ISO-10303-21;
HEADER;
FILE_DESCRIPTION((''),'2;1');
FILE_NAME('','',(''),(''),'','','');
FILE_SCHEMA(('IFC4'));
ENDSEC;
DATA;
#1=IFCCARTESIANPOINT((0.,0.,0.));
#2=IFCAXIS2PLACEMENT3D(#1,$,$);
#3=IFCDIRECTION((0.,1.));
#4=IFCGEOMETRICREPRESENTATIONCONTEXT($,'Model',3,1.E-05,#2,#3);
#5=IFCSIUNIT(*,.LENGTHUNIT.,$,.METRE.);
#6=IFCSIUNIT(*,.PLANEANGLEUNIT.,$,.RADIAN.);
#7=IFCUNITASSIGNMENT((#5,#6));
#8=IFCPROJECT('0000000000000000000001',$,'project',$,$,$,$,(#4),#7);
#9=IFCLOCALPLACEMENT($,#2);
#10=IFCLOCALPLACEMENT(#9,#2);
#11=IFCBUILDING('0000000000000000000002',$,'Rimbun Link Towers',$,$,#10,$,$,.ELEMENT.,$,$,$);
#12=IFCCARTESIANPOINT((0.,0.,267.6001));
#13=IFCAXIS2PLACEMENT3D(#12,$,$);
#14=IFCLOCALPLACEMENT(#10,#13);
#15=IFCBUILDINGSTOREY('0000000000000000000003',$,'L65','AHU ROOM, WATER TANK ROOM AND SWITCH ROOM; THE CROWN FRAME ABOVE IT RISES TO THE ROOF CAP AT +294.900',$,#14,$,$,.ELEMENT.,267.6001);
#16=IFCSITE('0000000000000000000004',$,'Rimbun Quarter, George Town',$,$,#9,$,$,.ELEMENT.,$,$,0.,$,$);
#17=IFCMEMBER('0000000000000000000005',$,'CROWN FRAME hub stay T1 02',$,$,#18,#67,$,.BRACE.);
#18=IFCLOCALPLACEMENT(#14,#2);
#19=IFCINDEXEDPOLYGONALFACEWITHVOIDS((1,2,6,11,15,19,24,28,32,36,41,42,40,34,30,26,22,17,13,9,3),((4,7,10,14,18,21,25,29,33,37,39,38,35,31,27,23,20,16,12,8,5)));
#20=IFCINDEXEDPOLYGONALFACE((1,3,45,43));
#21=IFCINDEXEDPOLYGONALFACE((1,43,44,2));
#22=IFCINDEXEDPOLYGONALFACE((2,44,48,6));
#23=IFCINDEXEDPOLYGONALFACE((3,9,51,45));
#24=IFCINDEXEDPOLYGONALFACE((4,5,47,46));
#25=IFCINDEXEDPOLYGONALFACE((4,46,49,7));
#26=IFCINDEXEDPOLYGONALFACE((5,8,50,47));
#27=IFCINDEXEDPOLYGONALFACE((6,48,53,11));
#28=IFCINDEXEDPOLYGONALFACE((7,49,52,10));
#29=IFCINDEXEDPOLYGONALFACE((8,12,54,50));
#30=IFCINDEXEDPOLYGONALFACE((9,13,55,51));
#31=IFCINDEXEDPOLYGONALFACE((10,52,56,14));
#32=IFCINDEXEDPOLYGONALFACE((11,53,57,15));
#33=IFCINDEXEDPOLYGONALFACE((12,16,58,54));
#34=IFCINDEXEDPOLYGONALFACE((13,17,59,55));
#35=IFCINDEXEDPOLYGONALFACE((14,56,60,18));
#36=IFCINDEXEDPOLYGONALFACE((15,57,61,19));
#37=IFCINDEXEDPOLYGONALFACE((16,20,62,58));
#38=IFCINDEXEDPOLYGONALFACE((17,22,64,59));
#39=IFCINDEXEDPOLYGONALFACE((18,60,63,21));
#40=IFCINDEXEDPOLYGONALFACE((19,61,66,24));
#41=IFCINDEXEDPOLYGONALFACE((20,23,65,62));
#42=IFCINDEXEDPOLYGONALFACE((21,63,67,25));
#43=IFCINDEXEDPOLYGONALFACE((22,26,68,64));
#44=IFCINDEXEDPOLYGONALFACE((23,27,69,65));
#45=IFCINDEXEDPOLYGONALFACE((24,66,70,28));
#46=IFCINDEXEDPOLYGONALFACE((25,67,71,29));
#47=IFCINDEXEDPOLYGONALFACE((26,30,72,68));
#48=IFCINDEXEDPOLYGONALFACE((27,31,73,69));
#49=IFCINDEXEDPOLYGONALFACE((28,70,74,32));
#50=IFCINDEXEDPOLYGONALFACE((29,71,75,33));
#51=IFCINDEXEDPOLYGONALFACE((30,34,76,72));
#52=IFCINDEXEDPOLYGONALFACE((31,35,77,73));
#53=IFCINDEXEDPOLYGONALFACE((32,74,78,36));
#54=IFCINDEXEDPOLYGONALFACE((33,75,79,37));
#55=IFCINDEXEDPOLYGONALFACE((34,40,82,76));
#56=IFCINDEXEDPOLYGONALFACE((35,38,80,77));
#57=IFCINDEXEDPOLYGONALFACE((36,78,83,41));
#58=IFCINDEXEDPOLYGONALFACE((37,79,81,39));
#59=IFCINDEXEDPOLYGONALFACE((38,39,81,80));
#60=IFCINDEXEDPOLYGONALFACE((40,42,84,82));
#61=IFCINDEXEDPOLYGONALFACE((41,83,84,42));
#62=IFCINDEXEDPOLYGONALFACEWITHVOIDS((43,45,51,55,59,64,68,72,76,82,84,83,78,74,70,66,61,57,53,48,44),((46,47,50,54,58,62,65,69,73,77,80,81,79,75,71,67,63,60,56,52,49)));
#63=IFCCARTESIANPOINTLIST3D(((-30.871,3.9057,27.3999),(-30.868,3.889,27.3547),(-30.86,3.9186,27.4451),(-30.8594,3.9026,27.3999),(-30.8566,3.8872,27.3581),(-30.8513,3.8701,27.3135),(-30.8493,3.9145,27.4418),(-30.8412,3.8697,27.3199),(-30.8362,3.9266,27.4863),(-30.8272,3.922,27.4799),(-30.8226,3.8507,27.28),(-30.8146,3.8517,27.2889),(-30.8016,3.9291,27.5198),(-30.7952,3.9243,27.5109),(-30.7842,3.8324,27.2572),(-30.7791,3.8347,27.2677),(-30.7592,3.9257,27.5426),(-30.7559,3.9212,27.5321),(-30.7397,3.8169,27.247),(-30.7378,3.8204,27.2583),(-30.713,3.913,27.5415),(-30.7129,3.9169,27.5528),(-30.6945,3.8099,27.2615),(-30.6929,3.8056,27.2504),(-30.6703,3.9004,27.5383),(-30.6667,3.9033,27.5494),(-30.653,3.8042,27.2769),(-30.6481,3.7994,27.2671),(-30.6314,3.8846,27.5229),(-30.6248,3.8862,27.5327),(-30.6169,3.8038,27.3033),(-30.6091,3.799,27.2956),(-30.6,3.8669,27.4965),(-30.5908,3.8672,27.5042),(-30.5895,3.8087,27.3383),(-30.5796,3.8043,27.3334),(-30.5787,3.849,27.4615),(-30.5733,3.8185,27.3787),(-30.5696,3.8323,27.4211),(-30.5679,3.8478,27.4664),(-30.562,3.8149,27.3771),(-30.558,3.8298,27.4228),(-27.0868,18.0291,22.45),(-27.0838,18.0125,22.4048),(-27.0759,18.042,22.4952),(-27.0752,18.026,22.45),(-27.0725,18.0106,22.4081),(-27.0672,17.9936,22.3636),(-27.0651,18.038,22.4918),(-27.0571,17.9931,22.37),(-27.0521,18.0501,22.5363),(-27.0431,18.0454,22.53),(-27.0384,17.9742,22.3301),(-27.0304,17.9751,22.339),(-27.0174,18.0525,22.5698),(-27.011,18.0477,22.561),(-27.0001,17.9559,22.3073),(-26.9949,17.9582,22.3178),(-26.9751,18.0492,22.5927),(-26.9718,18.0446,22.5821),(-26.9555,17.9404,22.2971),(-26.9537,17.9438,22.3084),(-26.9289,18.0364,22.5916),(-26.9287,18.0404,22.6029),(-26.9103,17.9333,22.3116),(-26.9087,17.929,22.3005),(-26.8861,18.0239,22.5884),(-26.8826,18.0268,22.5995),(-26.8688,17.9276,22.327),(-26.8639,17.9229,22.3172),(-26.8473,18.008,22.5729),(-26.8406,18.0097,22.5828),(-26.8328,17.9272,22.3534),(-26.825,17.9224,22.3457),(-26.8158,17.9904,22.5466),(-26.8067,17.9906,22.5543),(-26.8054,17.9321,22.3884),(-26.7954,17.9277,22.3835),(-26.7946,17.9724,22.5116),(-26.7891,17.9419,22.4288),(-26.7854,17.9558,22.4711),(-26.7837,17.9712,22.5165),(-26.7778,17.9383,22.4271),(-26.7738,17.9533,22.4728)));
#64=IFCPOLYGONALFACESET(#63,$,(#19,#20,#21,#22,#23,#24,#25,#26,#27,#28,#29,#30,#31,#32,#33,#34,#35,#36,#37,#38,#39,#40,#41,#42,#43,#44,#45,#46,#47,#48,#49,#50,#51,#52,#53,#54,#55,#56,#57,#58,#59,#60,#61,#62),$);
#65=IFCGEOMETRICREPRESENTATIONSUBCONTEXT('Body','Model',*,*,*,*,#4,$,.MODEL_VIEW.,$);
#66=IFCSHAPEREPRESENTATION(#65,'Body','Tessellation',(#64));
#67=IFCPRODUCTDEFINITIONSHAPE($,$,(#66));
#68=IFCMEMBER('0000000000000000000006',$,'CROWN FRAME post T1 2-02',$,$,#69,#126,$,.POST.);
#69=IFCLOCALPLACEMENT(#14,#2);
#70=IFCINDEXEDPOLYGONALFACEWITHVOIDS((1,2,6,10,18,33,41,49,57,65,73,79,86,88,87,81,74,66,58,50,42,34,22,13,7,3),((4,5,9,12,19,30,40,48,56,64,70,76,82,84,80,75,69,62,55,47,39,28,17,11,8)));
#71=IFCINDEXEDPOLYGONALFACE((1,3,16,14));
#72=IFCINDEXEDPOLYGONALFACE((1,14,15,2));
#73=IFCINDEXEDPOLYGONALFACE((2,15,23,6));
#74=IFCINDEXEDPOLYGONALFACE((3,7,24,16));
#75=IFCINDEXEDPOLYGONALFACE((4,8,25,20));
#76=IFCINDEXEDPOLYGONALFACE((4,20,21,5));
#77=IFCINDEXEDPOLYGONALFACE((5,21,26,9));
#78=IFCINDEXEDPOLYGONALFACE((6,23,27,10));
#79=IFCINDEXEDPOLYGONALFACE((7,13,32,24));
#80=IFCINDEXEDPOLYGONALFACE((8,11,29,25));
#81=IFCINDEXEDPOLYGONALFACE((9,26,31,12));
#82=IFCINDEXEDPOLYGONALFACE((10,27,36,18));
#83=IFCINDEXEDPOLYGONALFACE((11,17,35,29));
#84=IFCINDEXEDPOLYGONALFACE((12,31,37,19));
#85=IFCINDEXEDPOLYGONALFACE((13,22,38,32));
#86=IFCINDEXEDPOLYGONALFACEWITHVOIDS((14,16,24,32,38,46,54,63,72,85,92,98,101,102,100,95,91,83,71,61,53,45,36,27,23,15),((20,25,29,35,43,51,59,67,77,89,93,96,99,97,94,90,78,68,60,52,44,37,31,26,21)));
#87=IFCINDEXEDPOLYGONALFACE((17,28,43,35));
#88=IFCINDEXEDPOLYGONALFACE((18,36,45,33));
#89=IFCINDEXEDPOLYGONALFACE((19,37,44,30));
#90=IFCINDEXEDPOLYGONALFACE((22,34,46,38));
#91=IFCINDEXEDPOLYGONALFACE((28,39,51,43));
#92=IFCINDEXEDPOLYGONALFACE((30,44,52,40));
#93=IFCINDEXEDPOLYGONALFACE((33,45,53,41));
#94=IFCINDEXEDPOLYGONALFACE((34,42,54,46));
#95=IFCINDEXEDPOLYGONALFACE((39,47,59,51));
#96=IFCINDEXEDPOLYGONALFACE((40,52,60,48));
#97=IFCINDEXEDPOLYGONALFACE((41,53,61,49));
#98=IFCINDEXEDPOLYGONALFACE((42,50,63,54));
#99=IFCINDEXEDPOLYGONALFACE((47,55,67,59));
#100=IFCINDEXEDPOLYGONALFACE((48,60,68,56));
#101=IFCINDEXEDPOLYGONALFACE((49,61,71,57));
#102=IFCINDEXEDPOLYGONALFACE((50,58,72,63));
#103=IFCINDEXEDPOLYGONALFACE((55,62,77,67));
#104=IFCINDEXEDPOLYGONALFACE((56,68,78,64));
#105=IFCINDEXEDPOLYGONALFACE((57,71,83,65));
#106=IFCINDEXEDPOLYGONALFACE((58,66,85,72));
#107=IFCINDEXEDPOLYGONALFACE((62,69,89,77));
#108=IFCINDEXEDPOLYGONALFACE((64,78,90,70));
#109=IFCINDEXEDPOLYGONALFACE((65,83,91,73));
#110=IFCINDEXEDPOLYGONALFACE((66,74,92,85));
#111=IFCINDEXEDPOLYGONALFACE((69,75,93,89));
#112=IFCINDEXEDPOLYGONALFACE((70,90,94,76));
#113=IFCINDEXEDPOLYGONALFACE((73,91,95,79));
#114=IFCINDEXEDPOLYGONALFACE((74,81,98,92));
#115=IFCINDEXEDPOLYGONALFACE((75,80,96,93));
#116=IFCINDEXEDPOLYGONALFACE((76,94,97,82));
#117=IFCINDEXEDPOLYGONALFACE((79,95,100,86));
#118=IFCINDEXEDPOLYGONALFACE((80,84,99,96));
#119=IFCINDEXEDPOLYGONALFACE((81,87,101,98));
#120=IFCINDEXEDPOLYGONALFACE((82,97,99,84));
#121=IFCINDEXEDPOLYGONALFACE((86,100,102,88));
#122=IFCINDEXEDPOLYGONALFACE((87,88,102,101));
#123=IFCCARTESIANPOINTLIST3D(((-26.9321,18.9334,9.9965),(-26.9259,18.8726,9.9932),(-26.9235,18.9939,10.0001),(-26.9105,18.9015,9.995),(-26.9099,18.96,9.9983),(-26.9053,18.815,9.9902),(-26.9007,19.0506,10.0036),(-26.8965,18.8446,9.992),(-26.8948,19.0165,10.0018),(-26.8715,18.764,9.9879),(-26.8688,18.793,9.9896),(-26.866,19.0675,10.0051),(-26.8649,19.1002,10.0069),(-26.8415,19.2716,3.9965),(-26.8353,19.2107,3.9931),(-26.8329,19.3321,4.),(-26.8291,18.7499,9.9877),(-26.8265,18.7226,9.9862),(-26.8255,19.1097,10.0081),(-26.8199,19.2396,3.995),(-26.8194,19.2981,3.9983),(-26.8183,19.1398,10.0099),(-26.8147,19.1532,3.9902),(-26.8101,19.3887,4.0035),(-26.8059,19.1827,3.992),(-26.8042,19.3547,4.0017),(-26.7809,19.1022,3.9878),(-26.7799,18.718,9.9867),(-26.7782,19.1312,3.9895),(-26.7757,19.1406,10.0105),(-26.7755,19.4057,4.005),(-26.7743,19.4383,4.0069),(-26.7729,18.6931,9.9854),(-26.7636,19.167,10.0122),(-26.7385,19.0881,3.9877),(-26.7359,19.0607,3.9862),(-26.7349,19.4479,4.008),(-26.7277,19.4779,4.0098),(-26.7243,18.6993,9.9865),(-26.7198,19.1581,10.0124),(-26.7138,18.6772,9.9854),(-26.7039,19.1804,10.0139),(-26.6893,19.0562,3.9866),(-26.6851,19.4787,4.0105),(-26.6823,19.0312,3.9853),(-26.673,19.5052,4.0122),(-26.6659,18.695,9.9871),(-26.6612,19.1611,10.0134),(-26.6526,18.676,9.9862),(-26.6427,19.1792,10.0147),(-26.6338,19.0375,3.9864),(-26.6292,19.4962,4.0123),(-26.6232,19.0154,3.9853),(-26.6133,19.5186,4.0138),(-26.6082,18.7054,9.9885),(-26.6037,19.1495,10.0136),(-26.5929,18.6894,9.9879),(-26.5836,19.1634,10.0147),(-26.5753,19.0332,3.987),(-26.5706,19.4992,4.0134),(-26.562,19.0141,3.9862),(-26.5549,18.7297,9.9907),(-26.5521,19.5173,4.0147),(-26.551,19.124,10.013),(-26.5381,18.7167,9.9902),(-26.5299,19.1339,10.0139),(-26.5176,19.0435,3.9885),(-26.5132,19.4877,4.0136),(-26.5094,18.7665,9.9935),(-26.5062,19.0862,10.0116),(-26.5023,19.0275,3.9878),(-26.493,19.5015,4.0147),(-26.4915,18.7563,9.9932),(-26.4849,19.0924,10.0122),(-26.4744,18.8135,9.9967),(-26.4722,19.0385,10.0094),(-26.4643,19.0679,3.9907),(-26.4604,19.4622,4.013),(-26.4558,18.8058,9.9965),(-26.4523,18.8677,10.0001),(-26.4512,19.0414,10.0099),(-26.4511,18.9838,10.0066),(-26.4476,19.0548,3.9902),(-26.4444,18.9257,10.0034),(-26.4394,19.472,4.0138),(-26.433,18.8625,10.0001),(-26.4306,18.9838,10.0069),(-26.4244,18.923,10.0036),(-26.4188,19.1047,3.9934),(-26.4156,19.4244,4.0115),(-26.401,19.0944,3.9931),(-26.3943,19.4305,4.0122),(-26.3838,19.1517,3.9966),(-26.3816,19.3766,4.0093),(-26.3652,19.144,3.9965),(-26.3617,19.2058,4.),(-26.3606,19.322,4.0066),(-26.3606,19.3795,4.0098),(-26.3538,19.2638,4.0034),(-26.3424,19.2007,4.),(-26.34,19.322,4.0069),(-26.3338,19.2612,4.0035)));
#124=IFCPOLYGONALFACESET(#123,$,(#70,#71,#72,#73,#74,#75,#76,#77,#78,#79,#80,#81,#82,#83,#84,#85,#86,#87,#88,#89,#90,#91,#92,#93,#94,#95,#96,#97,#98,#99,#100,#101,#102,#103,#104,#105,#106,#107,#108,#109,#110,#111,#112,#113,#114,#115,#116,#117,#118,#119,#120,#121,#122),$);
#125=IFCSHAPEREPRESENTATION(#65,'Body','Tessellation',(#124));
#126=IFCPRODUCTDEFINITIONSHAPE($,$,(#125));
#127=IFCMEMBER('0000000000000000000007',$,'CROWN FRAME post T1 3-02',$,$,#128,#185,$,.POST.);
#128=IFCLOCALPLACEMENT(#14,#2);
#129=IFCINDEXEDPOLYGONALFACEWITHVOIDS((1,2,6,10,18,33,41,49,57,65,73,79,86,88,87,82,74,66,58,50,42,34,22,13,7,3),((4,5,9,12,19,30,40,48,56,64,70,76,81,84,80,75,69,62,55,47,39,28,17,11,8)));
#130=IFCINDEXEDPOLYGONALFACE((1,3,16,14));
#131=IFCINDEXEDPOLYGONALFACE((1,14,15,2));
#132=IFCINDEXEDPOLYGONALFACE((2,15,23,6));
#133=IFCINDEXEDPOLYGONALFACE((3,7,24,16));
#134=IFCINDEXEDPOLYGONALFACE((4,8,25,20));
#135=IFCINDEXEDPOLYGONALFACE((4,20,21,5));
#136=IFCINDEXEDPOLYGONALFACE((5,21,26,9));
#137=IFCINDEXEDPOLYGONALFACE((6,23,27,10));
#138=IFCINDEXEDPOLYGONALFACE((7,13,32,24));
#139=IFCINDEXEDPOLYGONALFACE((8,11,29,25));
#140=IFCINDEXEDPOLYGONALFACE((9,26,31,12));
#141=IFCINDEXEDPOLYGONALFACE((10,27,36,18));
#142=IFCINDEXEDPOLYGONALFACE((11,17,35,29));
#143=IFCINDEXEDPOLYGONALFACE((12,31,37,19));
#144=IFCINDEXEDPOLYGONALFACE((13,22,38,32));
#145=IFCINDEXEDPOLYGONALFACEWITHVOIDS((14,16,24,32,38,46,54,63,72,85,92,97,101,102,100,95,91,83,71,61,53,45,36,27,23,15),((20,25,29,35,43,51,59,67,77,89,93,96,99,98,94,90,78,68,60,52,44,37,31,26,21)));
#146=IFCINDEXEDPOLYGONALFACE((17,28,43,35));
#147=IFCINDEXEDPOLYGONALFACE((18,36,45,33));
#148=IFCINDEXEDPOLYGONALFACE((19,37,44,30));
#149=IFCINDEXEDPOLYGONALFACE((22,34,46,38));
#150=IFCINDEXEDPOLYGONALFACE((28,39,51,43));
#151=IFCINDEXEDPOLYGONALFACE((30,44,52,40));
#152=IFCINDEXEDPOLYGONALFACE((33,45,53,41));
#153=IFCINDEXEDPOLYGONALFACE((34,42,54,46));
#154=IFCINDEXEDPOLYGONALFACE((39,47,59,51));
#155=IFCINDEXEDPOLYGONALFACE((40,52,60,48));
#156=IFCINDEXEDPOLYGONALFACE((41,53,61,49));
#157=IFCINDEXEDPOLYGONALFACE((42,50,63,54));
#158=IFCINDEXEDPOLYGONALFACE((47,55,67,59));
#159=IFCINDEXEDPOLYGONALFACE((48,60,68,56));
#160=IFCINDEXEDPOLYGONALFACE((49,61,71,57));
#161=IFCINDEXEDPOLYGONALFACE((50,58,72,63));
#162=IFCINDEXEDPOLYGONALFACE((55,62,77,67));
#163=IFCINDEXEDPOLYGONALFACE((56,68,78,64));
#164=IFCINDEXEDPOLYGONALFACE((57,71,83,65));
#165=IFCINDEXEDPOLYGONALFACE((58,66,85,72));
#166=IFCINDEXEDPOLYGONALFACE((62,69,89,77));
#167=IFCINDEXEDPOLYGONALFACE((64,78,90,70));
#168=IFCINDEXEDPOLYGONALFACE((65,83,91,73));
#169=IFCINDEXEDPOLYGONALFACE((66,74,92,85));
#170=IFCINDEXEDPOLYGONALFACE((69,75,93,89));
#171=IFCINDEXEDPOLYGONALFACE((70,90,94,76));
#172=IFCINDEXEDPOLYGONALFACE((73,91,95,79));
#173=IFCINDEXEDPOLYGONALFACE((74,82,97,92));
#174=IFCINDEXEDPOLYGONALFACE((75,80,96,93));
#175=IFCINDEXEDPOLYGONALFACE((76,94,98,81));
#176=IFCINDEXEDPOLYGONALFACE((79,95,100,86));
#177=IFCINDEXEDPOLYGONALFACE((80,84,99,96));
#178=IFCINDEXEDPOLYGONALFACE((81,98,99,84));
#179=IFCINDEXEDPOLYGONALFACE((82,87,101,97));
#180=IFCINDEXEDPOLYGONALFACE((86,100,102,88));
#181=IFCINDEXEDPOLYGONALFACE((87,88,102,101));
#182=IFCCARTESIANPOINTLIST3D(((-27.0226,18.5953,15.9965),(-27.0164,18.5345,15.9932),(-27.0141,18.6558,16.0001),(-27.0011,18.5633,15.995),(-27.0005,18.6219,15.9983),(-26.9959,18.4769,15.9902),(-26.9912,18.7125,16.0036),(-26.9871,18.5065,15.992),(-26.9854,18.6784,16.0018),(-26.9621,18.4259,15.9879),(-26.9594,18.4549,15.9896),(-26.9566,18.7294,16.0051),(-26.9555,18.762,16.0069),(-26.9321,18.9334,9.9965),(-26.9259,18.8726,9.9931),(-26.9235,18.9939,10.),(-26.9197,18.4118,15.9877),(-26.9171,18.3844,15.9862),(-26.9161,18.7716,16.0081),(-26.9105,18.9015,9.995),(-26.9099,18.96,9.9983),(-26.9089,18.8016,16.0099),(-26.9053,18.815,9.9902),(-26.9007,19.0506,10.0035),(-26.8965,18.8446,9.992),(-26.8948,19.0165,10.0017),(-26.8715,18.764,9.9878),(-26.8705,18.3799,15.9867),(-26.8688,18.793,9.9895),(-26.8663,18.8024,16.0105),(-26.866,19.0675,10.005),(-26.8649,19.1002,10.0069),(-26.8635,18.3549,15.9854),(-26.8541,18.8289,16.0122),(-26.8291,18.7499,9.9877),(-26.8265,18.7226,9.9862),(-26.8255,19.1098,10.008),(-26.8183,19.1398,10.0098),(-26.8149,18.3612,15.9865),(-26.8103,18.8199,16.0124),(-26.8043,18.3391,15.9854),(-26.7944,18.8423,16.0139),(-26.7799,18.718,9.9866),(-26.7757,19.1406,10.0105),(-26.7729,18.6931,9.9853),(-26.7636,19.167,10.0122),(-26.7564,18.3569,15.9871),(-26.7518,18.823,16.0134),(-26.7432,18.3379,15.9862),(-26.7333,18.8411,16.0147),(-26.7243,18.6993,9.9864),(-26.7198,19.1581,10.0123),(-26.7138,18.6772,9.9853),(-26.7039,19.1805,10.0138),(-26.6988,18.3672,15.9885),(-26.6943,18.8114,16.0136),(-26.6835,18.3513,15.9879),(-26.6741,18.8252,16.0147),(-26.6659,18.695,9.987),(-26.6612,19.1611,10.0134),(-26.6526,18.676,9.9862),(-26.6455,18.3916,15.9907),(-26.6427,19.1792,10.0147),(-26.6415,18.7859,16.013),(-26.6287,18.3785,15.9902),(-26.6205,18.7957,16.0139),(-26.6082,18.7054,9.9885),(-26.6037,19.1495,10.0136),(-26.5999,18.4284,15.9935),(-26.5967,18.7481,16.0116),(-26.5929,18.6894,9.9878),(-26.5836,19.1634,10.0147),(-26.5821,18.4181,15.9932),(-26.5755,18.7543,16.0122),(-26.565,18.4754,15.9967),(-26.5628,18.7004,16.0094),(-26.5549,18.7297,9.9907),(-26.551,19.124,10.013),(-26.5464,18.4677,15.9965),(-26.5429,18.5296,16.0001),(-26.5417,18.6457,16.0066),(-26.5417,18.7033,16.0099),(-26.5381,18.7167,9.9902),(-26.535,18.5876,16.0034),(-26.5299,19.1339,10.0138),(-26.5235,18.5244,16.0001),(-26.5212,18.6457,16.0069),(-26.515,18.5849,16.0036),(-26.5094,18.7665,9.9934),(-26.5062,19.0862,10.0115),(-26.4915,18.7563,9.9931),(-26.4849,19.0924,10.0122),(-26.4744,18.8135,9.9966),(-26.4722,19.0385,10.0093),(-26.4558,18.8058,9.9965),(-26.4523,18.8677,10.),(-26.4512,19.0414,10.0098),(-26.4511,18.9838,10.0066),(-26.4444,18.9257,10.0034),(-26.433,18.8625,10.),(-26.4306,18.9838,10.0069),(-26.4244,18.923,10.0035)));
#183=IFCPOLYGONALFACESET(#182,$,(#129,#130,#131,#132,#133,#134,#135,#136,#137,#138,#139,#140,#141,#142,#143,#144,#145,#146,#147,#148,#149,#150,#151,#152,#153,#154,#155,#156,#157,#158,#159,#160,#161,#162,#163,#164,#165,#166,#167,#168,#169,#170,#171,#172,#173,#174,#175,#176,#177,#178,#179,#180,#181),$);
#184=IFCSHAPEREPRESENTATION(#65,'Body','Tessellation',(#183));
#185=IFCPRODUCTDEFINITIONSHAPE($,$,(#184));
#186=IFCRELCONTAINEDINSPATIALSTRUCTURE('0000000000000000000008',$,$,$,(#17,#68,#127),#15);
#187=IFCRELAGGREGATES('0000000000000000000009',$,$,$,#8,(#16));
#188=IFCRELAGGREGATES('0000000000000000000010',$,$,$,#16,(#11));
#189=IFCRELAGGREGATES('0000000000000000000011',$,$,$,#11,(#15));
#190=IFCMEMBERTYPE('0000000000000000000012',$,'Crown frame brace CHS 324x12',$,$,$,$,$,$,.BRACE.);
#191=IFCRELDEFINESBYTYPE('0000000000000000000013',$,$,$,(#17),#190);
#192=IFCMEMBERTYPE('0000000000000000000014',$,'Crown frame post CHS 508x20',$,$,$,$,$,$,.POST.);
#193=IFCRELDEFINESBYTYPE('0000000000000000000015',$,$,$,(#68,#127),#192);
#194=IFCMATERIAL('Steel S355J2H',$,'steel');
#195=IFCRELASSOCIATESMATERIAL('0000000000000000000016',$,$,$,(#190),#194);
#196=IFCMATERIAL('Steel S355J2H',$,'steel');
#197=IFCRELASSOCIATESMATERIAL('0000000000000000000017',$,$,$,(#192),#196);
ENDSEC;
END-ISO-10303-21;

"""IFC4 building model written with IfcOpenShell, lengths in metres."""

from ifc_helpers import new_model, si_unit, direction, frame, origin, origin_2d, place, context, subcontext, project, spatial, hollow_circle, extrude, material, material_profile, profile_set, type_object, element, save


model = new_model("IFC4")

# Units and contexts
model_context = context("Model", 3, precision=1e-05, world=origin(), true_north=direction((0.0, 1.0)))
body_context = subcontext(model_context, "Body", "Model", "MODEL_VIEW")
ifc_project = project(units=[si_unit("LENGTHUNIT", "METRE"), si_unit("PLANEANGLEUNIT", "RADIAN")], contexts=[model_context])

# Site, building, storey
site_placement = place(None, origin())
site = spatial("IfcSite", under=ifc_project, at=site_placement, Name="Rimbun Quarter, George Town", CompositionType="ELEMENT", RefElevation=0.0)
building_placement = place(site_placement, origin())
building = spatial("IfcBuilding", under=site, at=building_placement, Name="Rimbun Link Towers", CompositionType="ELEMENT")
storey_placement = place(building_placement, frame((0.0, 0.0, 267.6001)))
storey = spatial("IfcBuildingStorey", under=building, at=storey_placement, Name="L65", Description="AHU ROOM, WATER TANK ROOM AND SWITCH ROOM; THE CROWN FRAME ABOVE IT RISES TO THE ROOF CAP AT +294.900", CompositionType="ELEMENT", Elevation=267.6001)

# Members
ifc_material_1 = material(Name="Steel S355J2H", Category="steel")
ifc_material_profile_1 = material_profile(ifc_material_1, hollow_circle(Radius=0.1619, WallThickness=0.012, at=origin_2d()), Name="Crown frame brace CHS 324x12")
ifc_profile_set_1 = profile_set([ifc_material_profile_1], Name="Steel S355J2H")
member_type_1 = type_object("IfcMemberType", Name="Crown frame brace CHS 324x12", PredefinedType="BRACE", material=ifc_profile_set_1)
member_1_placement = place(storey_placement, frame((-30.7146, 3.8638, 27.3999), z_axis=(0.245139, 0.914924, -0.320658), x_axis=(-0.965929, 0.258806, 0.0)))
element("IfcMember", 1, at=member_1_placement, inside=storey, type_object=member_type_1, Name="CROWN FRAME hub stay T1 02", PredefinedType="BRACE", context=body_context, shape_type="SweptSolid", body=[
    extrude(hollow_circle(Radius=0.1619, WallThickness=0.012, at=origin_2d()), origin(), (0.0, 0.0, 1.0), 15.4368),
])
ifc_material_2 = material(Name="Steel S355J2H", Category="steel")
ifc_material_profile_2 = material_profile(ifc_material_2, hollow_circle(Radius=0.2539, WallThickness=0.02, at=origin_2d()), Name="Crown frame post CHS 508x20")
ifc_profile_set_2 = profile_set([ifc_material_profile_2], Name="Steel S355J2H")
member_type_2 = type_object("IfcMemberType", Name="Crown frame post CHS 508x20", PredefinedType="POST", material=ifc_profile_set_2)
for number, where, z_axis, x_axis, name in (
    (2, (-26.5876, 19.2664, 4.0), (-0.01507, -0.05626, 0.998302), (0.965945, -0.258748, 0.0), "CROWN FRAME post T1 2-02"),
    (3, (-26.6782, 18.9282, 10.0), (-0.01507, -0.05626, 0.998302), (0.965945, -0.258748, 0.0), "CROWN FRAME post T1 3-02"),
):
    element("IfcMember", number, at=place(storey_placement, frame(where, z_axis=z_axis, x_axis=x_axis)), inside=storey, type_object=member_type_2, Name=name, PredefinedType="POST", context=body_context, shape_type="SweptSolid", body=[
        extrude(hollow_circle(Radius=0.2539, WallThickness=0.02, at=origin_2d()), origin(), (0.0, 0.0, 1.0), 6.0103),
    ])

save(model, "model.ifc")
